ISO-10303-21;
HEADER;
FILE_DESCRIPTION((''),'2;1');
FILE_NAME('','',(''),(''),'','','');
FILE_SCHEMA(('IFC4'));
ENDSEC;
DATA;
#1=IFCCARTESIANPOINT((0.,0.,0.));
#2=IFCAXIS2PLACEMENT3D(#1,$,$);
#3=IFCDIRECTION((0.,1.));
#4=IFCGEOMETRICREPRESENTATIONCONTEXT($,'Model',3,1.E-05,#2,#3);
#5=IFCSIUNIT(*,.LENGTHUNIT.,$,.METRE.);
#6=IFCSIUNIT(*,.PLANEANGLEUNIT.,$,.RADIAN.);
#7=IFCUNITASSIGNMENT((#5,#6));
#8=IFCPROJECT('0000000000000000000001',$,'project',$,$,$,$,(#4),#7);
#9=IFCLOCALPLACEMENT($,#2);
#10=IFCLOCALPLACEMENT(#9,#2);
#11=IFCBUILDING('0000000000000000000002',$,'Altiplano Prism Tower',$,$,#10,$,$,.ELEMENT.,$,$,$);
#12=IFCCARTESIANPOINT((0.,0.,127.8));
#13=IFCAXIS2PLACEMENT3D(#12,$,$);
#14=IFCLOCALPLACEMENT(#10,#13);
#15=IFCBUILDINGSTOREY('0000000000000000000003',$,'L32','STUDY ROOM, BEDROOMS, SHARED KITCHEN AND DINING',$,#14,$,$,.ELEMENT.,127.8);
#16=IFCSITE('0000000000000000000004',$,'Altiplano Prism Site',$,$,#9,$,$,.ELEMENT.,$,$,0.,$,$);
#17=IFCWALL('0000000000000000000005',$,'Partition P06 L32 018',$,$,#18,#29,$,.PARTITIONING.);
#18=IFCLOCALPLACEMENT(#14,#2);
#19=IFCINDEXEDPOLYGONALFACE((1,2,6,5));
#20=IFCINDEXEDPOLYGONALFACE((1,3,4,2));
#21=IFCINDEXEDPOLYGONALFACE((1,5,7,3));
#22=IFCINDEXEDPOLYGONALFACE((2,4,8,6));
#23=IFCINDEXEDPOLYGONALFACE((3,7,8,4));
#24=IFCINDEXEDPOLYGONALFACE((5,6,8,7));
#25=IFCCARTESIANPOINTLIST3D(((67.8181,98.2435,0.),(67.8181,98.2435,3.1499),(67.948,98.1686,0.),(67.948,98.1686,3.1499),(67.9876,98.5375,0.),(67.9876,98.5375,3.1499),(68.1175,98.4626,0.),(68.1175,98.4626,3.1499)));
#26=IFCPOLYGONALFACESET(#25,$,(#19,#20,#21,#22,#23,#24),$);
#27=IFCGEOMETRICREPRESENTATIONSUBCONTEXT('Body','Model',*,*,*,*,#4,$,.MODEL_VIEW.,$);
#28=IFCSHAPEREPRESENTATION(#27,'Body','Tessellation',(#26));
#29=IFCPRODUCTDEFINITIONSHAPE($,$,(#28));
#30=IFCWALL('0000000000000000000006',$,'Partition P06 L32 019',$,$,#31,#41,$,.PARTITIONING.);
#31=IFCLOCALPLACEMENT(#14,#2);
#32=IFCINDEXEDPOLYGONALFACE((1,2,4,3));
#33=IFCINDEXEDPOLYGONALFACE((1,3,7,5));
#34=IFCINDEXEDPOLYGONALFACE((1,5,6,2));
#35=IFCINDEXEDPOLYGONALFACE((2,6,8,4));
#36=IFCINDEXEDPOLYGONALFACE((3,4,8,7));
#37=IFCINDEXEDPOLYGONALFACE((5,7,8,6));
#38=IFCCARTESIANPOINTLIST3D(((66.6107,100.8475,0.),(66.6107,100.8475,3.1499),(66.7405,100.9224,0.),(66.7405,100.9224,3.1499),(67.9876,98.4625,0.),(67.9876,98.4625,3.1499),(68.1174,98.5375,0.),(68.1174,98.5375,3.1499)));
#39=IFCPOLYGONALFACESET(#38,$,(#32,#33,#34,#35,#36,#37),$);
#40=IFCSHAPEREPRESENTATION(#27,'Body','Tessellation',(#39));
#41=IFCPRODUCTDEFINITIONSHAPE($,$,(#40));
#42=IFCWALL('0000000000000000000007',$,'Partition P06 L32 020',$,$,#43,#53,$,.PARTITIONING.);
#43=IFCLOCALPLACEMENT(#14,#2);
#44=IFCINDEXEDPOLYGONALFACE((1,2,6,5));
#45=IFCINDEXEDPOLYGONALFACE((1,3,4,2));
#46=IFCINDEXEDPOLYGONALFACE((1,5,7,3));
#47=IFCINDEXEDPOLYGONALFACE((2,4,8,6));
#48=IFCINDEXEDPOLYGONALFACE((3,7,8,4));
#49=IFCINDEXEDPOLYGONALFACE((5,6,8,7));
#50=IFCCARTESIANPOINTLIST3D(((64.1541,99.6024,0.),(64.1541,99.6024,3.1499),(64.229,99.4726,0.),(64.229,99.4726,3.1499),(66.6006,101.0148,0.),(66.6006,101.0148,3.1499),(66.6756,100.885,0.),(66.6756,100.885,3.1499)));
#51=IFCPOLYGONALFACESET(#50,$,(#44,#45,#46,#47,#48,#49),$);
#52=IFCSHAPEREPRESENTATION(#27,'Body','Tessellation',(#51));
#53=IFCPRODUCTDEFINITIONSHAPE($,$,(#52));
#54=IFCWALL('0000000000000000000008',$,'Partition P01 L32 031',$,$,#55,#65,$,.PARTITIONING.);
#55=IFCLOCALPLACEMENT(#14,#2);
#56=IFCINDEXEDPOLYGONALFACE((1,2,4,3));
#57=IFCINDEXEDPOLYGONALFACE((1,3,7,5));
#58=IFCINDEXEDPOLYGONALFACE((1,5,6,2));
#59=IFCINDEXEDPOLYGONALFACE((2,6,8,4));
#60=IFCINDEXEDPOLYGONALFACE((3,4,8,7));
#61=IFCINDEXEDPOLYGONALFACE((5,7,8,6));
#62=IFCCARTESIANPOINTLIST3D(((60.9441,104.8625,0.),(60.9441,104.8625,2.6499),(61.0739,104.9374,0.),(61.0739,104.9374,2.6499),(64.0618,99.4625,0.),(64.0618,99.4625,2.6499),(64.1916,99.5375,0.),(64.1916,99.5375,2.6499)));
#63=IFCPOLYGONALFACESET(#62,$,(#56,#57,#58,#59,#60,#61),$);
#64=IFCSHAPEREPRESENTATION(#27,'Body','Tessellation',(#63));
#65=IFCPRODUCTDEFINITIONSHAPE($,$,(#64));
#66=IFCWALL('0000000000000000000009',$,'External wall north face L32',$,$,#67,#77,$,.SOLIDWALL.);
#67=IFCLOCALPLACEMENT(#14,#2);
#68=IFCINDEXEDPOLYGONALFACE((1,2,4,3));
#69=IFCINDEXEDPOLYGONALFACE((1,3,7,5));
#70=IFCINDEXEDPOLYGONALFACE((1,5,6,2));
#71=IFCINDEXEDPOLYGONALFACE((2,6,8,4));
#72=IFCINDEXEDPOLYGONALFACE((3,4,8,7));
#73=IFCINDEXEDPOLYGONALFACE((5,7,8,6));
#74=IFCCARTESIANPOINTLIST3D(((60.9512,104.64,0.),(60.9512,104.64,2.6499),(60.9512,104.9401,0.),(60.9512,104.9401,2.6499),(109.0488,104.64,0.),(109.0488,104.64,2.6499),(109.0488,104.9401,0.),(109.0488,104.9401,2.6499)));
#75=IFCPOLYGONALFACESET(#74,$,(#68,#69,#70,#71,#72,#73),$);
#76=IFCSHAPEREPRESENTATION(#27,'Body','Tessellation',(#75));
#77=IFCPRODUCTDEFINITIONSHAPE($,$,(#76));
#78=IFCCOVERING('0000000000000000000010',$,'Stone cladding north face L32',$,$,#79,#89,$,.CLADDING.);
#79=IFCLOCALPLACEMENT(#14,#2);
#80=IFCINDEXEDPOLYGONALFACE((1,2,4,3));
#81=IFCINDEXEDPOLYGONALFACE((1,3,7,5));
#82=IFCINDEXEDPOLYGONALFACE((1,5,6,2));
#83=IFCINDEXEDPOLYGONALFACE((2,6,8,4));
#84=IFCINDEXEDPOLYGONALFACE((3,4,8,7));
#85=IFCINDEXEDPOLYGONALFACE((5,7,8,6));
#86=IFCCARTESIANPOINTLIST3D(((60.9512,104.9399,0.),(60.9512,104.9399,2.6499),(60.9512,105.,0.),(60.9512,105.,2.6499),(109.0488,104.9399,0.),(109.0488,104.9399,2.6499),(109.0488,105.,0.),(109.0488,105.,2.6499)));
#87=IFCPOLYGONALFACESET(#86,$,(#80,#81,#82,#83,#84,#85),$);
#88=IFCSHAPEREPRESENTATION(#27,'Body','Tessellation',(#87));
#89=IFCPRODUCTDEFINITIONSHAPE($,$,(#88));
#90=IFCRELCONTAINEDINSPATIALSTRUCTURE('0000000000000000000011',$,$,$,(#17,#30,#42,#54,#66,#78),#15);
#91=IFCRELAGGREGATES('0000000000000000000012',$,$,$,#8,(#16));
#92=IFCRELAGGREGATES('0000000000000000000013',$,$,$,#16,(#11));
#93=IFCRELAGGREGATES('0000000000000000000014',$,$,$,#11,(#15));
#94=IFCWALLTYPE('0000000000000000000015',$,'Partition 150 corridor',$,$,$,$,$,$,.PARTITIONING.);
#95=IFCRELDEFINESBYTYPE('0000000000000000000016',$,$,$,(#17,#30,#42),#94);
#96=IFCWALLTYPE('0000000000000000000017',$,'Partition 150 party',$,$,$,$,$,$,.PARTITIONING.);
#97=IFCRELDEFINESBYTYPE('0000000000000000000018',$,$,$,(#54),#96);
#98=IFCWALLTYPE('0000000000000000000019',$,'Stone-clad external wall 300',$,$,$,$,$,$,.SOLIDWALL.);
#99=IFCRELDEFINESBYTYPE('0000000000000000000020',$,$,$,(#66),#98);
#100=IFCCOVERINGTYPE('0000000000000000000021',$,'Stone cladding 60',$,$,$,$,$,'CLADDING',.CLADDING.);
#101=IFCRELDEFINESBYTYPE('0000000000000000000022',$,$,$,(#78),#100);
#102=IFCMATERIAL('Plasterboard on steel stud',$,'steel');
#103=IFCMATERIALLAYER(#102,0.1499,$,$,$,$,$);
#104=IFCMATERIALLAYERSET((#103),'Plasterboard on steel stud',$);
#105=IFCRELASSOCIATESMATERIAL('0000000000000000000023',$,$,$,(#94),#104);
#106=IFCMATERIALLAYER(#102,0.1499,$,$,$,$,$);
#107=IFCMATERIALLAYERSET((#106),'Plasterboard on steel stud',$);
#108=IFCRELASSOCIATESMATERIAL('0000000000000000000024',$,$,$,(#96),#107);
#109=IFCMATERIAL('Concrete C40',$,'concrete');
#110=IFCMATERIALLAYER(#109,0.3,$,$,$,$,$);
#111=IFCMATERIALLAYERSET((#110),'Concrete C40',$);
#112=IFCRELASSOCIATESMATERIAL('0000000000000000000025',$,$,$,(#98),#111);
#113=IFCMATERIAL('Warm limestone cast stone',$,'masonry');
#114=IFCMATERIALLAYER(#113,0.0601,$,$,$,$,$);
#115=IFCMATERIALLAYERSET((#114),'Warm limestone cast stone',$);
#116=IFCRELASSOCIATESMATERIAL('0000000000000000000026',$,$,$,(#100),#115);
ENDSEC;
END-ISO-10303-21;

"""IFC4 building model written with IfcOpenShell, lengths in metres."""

from ifc_helpers import new_model, si_unit, direction, frame, frame_2d, origin, place, context, subcontext, project, spatial, rectangle, extrude, material, layer, layer_set, type_object, element, save


model = new_model("IFC4")

# Units and contexts
model_context = context("Model", 3, precision=1e-05, world=origin(), true_north=direction((0.0, 1.0)))
body_context = subcontext(model_context, "Body", "Model", "MODEL_VIEW")
ifc_project = project(units=[si_unit("LENGTHUNIT", "METRE"), si_unit("PLANEANGLEUNIT", "RADIAN")], contexts=[model_context])

# Site, building, storey
site_placement = place(None, origin())
site = spatial("IfcSite", under=ifc_project, at=site_placement, Name="Altiplano Prism Site", CompositionType="ELEMENT", RefElevation=0.0)
building_placement = place(site_placement, origin())
building = spatial("IfcBuilding", under=site, at=building_placement, Name="Altiplano Prism Tower", CompositionType="ELEMENT")
storey_placement = place(building_placement, frame((0.0, 0.0, 127.8)))
storey = spatial("IfcBuildingStorey", under=building, at=storey_placement, Name="L32", Description="STUDY ROOM, BEDROOMS, SHARED KITCHEN AND DINING", CompositionType="ELEMENT", Elevation=127.8)

# Shared definitions
ifc_material_1 = material(Name="Plasterboard on steel stud", Category="steel")
ifc_layer_1 = layer(ifc_material_1, 0.1499)
ifc_layer_set_1 = layer_set([ifc_layer_1], Name="Plasterboard on steel stud")
wall_type_1 = type_object("IfcWallType", Name="Partition 150 corridor", PredefinedType="PARTITIONING", material=ifc_layer_set_1)

# Walls
wall_1_placement = place(storey_placement, frame((67.8831, 98.2061, 0.0), z_axis=(0.0, 0.0, 1.0), x_axis=(0.49939, 0.866377, 0.0)))
element("IfcWall", 1, at=wall_1_placement, inside=storey, type_object=wall_type_1, Name="Partition P06 L32 018", PredefinedType="PARTITIONING", context=body_context, shape_type="SweptSolid", body=[
    extrude(rectangle(XDim=0.3394, YDim=0.1499, at=frame_2d((0.1697, 0.0))), origin(), (0.0, 0.0, 1.0), 3.1499),
])
wall_2_placement = place(storey_placement, frame((68.0525, 98.5, 0.0), z_axis=(0.0, 0.0, 1.0), x_axis=(-0.499991, 0.866031, 0.0)))
element("IfcWall", 2, at=wall_2_placement, inside=storey, type_object=wall_type_1, Name="Partition P06 L32 019", PredefinedType="PARTITIONING", context=body_context, shape_type="SweptSolid", body=[
    extrude(rectangle(XDim=2.7539, YDim=0.1499, at=frame_2d((1.377, 0.0))), origin(), (0.0, 0.0, 1.0), 3.1499),
])
wall_3_placement = place(storey_placement, frame((66.6382, 100.95, 0.0), z_axis=(0.0, 0.0, 1.0), x_axis=(-0.866049, -0.499959, 0.0)))
element("IfcWall", 3, at=wall_3_placement, inside=storey, type_object=wall_type_1, Name="Partition P06 L32 020", PredefinedType="PARTITIONING", context=body_context, shape_type="SweptSolid", body=[
    extrude(rectangle(XDim=2.825, YDim=0.1499, at=frame_2d((1.4126, 0.0))), origin(), (0.0, 0.0, 1.0), 3.1499),
])
ifc_layer_2 = layer(ifc_material_1, 0.1499)
ifc_layer_set_2 = layer_set([ifc_layer_2], Name="Plasterboard on steel stud")
wall_type_2 = type_object("IfcWallType", Name="Partition 150 party", PredefinedType="PARTITIONING", material=ifc_layer_set_2)
wall_4_placement = place(storey_placement, frame((64.1267, 99.5, 0.0), z_axis=(0.0, 0.0, 1.0), x_axis=(-0.500005, 0.866023, 0.0)))
element("IfcWall", 4, at=wall_4_placement, inside=storey, type_object=wall_type_2, Name="Partition P01 L32 031", PredefinedType="PARTITIONING", context=body_context, shape_type="SweptSolid", body=[
    extrude(rectangle(XDim=6.2354, YDim=0.1499, at=frame_2d((3.1177, 0.0))), origin(), (0.0, 0.0, 1.0), 2.6499),
])
ifc_material_2 = material(Name="Concrete C40", Category="concrete")
ifc_layer_3 = layer(ifc_material_2, 0.3)
ifc_layer_set_3 = layer_set([ifc_layer_3], Name="Concrete C40")
wall_type_3 = type_object("IfcWallType", Name="Stone-clad external wall 300", PredefinedType="SOLIDWALL", material=ifc_layer_set_3)
wall_5_placement = place(storey_placement, frame((60.9512, 104.79, 0.0), z_axis=(0.0, 0.0, 1.0), x_axis=(1.0, 0.0, 0.0)))
element("IfcWall", 5, at=wall_5_placement, inside=storey, type_object=wall_type_3, Name="External wall north face L32", PredefinedType="SOLIDWALL", context=body_context, shape_type="SweptSolid", body=[
    extrude(rectangle(XDim=48.0977, YDim=0.3, at=frame_2d((24.0488, 0.0))), origin(), (0.0, 0.0, 1.0), 2.6499),
])

# Covering
ifc_material_3 = material(Name="Warm limestone cast stone", Category="masonry")
ifc_layer_4 = layer(ifc_material_3, 0.0601)
ifc_layer_set_4 = layer_set([ifc_layer_4], Name="Warm limestone cast stone")
covering_type = type_object("IfcCoveringType", Name="Stone cladding 60", ElementType="CLADDING", PredefinedType="CLADDING", material=ifc_layer_set_4)
covering_placement = place(storey_placement, frame((60.9512, 104.97, 0.0), z_axis=(0.0, 0.0, 1.0), x_axis=(1.0, 0.0, 0.0)))
element("IfcCovering", 6, at=covering_placement, inside=storey, type_object=covering_type, Name="Stone cladding north face L32", PredefinedType="CLADDING", context=body_context, shape_type="SweptSolid", body=[
    extrude(rectangle(XDim=48.0977, YDim=0.0601, at=frame_2d((24.0488, 0.0))), origin(), (0.0, 0.0, 1.0), 2.6499),
])

save(model, "model.ifc")
